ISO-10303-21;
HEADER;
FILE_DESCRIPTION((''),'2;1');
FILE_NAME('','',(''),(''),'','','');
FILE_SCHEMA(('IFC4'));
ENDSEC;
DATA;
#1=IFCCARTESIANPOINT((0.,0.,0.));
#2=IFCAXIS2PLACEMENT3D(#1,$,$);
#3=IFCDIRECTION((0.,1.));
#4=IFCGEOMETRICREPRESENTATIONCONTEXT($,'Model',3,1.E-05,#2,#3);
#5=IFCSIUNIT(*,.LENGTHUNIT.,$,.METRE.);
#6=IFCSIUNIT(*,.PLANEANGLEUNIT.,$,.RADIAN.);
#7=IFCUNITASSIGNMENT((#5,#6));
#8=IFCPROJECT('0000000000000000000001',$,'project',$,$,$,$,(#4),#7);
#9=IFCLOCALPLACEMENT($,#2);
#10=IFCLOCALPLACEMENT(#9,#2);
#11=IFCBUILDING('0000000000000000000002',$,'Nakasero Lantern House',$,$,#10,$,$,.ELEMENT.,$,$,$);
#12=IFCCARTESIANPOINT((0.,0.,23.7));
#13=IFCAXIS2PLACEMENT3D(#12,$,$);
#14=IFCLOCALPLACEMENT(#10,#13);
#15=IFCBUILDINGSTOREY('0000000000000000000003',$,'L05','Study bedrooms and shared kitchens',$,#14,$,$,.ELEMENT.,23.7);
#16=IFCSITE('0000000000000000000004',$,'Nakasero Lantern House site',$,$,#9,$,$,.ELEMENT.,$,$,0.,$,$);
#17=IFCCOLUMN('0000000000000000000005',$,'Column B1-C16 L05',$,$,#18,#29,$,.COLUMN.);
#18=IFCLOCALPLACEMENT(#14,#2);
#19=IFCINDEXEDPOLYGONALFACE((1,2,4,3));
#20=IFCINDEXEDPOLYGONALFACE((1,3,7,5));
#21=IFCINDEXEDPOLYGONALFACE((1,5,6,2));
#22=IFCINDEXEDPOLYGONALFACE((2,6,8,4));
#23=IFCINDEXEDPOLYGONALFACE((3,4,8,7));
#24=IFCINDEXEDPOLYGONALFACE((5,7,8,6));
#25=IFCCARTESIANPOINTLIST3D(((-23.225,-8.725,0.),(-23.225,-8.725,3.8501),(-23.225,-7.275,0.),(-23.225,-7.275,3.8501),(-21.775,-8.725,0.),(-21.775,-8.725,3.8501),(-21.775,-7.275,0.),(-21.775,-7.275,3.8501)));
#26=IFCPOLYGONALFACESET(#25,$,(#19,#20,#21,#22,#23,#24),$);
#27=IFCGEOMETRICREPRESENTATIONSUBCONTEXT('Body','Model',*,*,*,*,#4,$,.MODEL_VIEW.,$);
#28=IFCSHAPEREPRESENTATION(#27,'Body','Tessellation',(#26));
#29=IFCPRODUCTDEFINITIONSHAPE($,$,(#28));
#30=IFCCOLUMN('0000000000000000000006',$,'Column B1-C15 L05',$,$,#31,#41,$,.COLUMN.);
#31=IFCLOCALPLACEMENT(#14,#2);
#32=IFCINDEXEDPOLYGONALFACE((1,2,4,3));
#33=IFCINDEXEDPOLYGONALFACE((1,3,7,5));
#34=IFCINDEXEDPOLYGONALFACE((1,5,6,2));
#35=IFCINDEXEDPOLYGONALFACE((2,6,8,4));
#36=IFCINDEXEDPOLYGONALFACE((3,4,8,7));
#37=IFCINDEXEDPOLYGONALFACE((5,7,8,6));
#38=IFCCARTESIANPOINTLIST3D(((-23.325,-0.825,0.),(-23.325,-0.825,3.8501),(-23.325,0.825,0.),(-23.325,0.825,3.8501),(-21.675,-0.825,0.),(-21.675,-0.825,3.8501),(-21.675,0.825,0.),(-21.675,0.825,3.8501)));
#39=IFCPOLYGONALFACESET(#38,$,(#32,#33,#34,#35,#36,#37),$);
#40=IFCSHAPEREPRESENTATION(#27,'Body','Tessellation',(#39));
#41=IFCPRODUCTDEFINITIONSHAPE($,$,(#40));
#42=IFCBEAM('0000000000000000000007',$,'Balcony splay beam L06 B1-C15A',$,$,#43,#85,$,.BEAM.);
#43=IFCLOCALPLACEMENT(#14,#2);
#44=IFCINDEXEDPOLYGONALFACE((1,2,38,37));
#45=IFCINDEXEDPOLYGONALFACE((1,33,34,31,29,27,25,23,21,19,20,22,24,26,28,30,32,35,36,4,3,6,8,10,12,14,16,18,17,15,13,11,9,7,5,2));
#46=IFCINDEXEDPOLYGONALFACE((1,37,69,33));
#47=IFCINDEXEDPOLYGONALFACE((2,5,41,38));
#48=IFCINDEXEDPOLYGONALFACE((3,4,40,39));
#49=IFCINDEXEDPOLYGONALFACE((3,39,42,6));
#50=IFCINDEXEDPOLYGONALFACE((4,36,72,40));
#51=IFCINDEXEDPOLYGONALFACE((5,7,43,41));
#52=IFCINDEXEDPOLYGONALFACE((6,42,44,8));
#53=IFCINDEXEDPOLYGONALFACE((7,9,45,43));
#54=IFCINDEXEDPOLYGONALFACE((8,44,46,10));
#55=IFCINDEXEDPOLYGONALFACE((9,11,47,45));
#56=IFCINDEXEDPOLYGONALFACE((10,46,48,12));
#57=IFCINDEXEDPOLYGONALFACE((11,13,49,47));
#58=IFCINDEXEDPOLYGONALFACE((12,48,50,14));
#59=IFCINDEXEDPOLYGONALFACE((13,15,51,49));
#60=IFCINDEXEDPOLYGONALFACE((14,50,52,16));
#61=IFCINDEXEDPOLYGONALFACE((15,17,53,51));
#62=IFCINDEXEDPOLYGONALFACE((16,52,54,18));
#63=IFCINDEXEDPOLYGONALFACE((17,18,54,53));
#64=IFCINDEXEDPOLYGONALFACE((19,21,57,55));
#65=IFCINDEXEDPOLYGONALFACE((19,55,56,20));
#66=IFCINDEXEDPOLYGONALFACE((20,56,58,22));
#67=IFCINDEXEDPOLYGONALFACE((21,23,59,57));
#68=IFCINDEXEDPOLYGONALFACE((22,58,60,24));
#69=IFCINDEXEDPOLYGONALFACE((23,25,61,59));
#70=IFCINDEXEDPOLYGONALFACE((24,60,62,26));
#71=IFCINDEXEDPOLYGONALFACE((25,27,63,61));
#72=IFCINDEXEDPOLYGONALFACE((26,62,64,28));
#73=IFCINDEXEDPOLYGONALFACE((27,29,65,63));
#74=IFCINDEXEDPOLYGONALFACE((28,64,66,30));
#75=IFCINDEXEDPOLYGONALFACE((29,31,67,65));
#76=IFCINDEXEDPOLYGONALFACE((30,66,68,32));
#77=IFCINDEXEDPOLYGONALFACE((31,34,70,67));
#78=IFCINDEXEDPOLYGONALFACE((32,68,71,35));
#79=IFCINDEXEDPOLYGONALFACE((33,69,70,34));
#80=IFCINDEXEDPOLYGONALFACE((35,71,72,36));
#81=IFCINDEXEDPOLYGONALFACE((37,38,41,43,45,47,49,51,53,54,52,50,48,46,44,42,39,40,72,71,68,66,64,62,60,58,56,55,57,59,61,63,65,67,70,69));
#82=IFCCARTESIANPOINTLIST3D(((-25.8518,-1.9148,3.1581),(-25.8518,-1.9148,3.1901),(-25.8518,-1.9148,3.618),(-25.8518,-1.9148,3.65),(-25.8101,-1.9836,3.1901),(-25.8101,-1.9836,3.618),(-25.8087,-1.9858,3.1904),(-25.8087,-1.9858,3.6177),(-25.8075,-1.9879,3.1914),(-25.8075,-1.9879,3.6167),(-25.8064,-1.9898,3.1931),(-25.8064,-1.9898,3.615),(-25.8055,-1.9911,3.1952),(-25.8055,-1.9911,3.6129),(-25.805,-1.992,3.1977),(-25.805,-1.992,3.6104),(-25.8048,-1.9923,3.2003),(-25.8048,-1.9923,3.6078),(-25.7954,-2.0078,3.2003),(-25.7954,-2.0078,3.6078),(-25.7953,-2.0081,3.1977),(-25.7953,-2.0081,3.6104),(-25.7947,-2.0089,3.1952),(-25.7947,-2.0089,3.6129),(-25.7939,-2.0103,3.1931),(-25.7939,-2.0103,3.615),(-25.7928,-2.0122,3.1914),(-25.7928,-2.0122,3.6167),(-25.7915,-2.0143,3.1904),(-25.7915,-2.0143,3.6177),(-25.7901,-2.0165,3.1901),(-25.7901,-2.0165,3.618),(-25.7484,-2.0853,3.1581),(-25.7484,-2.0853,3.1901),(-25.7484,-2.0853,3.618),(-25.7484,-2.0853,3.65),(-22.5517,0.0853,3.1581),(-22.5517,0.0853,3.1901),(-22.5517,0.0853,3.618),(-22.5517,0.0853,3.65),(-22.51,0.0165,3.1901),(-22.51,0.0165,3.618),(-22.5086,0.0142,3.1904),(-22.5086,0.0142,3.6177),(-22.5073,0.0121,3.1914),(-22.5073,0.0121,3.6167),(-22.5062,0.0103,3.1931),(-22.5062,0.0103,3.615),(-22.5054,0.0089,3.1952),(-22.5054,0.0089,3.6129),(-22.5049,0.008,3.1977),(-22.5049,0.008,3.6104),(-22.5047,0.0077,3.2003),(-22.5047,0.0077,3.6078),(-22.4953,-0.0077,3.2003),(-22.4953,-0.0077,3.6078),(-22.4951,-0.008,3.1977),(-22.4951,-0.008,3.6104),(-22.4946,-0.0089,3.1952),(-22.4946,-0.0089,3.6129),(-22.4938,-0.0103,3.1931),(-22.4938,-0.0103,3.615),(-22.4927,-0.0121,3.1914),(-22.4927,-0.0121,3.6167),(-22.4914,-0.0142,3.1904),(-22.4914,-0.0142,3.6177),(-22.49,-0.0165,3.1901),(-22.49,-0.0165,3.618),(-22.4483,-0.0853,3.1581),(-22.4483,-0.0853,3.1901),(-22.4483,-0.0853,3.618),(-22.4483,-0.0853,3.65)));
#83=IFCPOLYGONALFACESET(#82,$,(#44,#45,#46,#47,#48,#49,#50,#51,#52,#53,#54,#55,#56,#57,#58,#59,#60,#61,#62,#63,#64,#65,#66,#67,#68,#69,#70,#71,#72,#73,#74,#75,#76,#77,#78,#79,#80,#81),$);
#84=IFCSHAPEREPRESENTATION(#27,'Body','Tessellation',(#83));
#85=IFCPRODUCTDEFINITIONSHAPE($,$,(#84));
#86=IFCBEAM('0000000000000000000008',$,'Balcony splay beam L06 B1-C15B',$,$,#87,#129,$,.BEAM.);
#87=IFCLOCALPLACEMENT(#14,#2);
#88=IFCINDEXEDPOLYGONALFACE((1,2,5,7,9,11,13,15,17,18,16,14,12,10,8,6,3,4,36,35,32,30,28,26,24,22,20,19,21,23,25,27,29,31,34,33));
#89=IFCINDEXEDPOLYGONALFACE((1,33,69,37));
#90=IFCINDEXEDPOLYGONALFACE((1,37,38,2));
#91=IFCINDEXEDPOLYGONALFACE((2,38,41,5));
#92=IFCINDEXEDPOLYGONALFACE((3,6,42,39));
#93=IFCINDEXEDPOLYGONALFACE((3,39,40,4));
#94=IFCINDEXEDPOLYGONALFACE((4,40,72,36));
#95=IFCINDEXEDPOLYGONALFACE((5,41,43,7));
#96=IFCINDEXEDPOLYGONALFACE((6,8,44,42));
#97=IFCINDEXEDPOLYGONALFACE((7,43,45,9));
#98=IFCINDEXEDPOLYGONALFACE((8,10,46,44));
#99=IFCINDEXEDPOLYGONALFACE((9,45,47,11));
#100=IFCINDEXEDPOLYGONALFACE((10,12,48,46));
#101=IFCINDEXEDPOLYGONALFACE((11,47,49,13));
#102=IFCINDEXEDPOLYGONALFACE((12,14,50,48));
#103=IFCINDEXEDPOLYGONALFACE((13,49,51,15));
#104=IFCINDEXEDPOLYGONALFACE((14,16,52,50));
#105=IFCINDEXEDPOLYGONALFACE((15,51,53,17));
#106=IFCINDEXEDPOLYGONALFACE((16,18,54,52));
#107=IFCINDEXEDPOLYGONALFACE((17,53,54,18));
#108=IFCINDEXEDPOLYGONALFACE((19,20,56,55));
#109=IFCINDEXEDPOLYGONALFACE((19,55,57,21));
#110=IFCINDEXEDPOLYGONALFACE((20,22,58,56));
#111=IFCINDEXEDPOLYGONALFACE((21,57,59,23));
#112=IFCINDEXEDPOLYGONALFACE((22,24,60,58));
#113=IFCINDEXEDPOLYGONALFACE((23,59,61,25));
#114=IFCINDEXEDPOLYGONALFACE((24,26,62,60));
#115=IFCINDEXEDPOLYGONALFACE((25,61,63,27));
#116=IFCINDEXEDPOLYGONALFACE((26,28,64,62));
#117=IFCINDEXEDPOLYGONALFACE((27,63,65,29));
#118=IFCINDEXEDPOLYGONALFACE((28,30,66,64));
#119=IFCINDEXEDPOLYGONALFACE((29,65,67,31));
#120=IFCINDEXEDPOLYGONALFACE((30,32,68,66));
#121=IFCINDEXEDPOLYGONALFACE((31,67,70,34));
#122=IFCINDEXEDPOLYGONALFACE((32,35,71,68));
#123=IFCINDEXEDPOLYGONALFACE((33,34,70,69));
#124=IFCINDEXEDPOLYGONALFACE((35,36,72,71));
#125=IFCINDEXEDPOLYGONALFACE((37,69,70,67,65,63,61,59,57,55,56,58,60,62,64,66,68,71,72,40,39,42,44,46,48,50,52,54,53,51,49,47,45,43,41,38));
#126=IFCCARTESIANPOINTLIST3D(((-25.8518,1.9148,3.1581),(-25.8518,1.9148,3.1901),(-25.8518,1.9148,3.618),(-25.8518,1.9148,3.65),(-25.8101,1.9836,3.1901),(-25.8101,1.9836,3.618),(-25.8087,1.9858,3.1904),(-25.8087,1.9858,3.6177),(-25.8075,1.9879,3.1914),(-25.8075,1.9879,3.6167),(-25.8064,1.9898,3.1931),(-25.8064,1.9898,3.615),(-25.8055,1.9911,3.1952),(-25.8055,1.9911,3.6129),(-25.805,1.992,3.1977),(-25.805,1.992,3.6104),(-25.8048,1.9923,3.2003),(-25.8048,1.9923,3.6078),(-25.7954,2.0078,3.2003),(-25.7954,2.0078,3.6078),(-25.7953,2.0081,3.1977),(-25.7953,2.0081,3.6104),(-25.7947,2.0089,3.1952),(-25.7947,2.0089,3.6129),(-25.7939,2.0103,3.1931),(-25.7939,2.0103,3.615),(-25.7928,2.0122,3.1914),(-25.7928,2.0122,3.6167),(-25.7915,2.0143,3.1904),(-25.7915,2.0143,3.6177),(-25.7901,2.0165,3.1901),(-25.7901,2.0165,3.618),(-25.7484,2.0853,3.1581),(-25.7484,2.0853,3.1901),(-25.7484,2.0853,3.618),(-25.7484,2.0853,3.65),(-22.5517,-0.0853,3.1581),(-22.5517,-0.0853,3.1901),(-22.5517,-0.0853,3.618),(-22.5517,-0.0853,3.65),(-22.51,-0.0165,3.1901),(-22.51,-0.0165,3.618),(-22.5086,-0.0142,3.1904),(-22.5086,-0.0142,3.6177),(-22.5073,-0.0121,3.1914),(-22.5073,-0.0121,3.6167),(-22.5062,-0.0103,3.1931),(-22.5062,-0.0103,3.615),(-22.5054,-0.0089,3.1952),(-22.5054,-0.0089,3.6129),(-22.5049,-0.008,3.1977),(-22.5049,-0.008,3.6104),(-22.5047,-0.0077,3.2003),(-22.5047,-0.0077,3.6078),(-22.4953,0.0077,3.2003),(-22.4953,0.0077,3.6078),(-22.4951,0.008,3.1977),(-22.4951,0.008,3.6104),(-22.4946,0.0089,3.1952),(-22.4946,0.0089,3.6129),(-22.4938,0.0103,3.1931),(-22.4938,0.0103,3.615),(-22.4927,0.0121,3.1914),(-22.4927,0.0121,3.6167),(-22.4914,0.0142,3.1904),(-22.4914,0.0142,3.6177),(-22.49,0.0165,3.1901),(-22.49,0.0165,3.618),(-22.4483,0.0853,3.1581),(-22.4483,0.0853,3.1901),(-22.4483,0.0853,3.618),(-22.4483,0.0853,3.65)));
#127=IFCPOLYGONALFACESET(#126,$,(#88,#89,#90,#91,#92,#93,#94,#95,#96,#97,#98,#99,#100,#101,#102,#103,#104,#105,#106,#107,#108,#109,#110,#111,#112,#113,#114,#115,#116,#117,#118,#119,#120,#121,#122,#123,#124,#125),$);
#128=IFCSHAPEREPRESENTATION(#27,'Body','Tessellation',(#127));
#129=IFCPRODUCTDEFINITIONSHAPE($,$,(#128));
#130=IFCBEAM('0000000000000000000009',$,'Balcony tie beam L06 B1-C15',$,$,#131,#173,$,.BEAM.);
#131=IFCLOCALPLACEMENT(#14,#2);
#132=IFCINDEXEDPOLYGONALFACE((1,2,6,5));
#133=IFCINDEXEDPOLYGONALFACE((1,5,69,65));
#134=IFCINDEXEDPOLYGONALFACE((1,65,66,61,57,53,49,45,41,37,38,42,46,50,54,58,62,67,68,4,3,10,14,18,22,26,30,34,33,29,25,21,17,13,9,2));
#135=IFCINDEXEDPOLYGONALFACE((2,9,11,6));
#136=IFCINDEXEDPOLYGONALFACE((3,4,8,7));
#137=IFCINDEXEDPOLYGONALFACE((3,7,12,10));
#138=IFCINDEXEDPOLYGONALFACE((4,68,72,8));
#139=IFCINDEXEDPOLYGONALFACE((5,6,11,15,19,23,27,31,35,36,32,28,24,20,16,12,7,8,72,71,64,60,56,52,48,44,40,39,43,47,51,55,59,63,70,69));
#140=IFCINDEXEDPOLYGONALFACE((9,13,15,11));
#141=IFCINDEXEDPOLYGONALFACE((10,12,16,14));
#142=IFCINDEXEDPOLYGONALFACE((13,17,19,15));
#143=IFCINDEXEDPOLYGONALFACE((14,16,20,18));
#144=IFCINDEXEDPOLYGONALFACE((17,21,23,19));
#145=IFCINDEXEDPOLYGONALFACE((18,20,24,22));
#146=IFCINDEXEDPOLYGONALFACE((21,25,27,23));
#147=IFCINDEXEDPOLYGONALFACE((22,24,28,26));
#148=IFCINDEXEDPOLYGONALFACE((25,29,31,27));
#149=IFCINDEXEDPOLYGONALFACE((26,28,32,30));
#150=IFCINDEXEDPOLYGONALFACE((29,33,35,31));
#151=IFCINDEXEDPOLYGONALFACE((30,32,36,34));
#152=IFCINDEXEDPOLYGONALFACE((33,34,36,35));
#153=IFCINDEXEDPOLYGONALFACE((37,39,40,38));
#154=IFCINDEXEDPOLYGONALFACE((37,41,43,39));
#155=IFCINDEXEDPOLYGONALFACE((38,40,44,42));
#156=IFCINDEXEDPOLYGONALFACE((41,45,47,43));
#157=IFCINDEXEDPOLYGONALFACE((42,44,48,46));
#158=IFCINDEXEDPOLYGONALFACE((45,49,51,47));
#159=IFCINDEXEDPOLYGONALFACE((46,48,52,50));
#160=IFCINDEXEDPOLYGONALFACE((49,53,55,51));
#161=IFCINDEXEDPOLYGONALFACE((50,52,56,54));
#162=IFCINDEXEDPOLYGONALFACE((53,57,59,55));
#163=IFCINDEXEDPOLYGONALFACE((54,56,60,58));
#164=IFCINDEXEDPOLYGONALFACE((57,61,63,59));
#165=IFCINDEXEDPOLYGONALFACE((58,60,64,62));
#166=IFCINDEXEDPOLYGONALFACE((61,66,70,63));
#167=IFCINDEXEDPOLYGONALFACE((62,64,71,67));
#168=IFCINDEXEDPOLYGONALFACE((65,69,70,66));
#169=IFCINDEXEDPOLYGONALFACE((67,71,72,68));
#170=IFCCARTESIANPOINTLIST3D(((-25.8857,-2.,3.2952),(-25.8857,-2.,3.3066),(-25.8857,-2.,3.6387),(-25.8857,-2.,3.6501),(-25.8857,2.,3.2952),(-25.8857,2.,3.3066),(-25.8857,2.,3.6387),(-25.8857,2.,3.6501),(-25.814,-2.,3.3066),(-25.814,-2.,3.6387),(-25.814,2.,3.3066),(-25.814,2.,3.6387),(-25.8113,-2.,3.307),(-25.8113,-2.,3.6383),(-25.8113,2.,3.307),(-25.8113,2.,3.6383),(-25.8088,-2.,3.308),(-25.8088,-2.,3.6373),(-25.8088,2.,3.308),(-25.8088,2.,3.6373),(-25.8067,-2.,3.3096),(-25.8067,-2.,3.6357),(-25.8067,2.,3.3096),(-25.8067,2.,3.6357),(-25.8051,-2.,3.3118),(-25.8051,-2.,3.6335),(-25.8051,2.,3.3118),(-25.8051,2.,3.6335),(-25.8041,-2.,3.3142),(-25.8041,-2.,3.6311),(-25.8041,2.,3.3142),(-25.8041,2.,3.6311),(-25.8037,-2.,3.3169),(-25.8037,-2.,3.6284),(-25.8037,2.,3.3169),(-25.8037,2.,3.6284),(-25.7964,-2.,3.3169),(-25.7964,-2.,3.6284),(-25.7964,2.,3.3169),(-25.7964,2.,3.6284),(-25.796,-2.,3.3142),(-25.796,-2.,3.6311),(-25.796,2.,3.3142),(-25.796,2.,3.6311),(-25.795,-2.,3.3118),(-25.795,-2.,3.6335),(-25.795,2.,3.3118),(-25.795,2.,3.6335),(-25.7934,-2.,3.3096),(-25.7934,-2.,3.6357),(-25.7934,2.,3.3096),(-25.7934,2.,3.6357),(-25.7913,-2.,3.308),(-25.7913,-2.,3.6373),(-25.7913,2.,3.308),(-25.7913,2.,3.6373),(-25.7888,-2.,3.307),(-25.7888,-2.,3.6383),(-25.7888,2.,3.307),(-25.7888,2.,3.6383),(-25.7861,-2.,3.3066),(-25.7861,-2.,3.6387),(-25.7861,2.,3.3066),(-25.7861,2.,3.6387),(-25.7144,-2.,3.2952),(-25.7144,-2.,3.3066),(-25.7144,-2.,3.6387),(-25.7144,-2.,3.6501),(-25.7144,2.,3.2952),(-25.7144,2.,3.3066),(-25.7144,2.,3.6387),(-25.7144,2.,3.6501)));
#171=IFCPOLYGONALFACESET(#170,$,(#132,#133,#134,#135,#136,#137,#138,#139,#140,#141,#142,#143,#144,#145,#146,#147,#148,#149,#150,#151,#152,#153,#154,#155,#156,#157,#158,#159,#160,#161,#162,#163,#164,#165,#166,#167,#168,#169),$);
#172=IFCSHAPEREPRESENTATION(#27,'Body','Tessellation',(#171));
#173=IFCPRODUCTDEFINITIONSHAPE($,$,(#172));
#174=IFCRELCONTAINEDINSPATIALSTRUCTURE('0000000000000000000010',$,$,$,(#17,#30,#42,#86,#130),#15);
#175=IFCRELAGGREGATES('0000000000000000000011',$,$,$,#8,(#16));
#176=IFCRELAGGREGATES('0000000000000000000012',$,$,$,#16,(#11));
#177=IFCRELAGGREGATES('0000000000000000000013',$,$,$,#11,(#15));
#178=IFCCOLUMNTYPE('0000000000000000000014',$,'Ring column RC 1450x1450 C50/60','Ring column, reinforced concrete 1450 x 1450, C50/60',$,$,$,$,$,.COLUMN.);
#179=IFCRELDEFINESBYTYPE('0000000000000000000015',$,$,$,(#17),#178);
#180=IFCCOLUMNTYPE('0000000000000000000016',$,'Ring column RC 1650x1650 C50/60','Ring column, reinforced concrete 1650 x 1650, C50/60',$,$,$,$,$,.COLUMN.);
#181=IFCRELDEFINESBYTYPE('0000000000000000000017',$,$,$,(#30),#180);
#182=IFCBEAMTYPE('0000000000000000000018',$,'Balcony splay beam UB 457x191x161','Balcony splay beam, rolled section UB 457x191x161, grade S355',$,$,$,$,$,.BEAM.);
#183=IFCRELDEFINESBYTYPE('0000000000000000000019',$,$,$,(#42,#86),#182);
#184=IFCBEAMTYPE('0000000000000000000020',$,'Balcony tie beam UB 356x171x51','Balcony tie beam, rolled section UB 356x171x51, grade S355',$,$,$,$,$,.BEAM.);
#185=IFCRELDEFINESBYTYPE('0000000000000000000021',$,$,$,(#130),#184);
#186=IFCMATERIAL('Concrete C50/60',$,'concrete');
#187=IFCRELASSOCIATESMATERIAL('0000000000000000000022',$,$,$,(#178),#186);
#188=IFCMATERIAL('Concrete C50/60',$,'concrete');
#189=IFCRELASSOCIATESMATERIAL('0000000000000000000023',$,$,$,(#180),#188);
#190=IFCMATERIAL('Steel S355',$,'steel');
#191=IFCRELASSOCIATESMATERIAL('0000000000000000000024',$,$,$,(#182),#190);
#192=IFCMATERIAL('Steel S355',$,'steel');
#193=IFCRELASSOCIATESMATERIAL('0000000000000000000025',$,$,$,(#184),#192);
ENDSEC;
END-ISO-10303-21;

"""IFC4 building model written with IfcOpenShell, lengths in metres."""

from ifc_helpers import new_model, si_unit, direction, frame, origin, origin_2d, place, context, subcontext, project, spatial, rectangle, i_section, extrude, material, material_profile, profile_set, type_object, element, save


model = new_model("IFC4")

# Units and contexts
model_context = context("Model", 3, precision=1e-05, world=origin(), true_north=direction((0.0, 1.0)))
body_context = subcontext(model_context, "Body", "Model", "MODEL_VIEW")
ifc_project = project(units=[si_unit("LENGTHUNIT", "METRE"), si_unit("PLANEANGLEUNIT", "RADIAN")], contexts=[model_context])

# Site, building, storey
site_placement = place(None, origin())
site = spatial("IfcSite", under=ifc_project, at=site_placement, Name="Nakasero Lantern House site", CompositionType="ELEMENT", RefElevation=0.0)
building_placement = place(site_placement, origin())
building = spatial("IfcBuilding", under=site, at=building_placement, Name="Nakasero Lantern House", CompositionType="ELEMENT")
storey_placement = place(building_placement, frame((0.0, 0.0, 23.7)))
storey = spatial("IfcBuildingStorey", under=building, at=storey_placement, Name="L05", Description="Study bedrooms and shared kitchens", CompositionType="ELEMENT", Elevation=23.7)

# Columns
ifc_material_1 = material(Name="Concrete C50/60", Category="concrete")
ifc_material_profile_1 = material_profile(ifc_material_1, rectangle(XDim=1.45, YDim=1.45, at=origin_2d()), Name="RC 1450x1450")
ifc_profile_set_1 = profile_set([ifc_material_profile_1], Name="Concrete C50/60")
column_type_1 = type_object("IfcColumnType", Name="Ring column RC 1450x1450 C50/60", Description="Ring column, reinforced concrete 1450 x 1450, C50/60", PredefinedType="COLUMN", material=ifc_profile_set_1)
column_1_placement = place(storey_placement, frame((-22.5, -8.0, 0.0), z_axis=(0.0, 0.0, 1.0), x_axis=(1.0, 0.0, 0.0)))
element("IfcColumn", 1, at=column_1_placement, inside=storey, type_object=column_type_1, Name="Column B1-C16 L05", PredefinedType="COLUMN", context=body_context, shape_type="SweptSolid", body=[
    extrude(rectangle(XDim=1.45, YDim=1.45, at=origin_2d()), origin(), (0.0, 0.0, 1.0), 3.8501),
])
ifc_material_2 = material(Name="Concrete C50/60", Category="concrete")
ifc_material_profile_2 = material_profile(ifc_material_2, rectangle(XDim=1.6499, YDim=1.6499, at=origin_2d()), Name="RC 1650x1650")
ifc_profile_set_2 = profile_set([ifc_material_profile_2], Name="Concrete C50/60")
column_type_2 = type_object("IfcColumnType", Name="Ring column RC 1650x1650 C50/60", Description="Ring column, reinforced concrete 1650 x 1650, C50/60", PredefinedType="COLUMN", material=ifc_profile_set_2)
column_2_placement = place(storey_placement, frame((-22.5, 0.0, 0.0), z_axis=(0.0, 0.0, 1.0), x_axis=(1.0, 0.0, 0.0)))
element("IfcColumn", 2, at=column_2_placement, inside=storey, type_object=column_type_2, Name="Column B1-C15 L05", PredefinedType="COLUMN", context=body_context, shape_type="SweptSolid", body=[
    extrude(rectangle(XDim=1.6499, YDim=1.6499, at=origin_2d()), origin(), (0.0, 0.0, 1.0), 3.8501),
])

# Beams
ifc_material_3 = material(Name="Steel S355", Category="steel")
ifc_material_profile_3 = material_profile(ifc_material_3, i_section(OverallWidth=0.1995, OverallDepth=0.4919, WebThickness=0.0181, FlangeThickness=0.032, FilletRadius=0.0103, at=origin_2d()), Name="UB 457x191x161")
ifc_profile_set_3 = profile_set([ifc_material_profile_3], Name="Steel S355")
beam_type_1 = type_object("IfcBeamType", Name="Balcony splay beam UB 457x191x161", Description="Balcony splay beam, rolled section UB 457x191x161, grade S355", PredefinedType="BEAM", material=ifc_profile_set_3)
for number, where, z_axis, x_axis, name in (
    (3, (-22.5, 0.0, 3.4041), (-0.855201, -0.518296, 0.0), (0.518296, -0.855201, 0.0), "Balcony splay beam L06 B1-C15A"),
    (4, (-22.5, 0.0, 3.4041), (-0.855201, 0.518296, 0.0), (-0.518296, -0.855201, 0.0), "Balcony splay beam L06 B1-C15B"),
):
    element("IfcBeam", number, at=place(storey_placement, frame(where, z_axis=z_axis, x_axis=x_axis)), inside=storey, type_object=beam_type_1, Name=name, PredefinedType="BEAM", context=body_context, shape_type="SweptSolid", body=[
        extrude(i_section(OverallWidth=0.1995, OverallDepth=0.4919, WebThickness=0.0181, FlangeThickness=0.032, FilletRadius=0.0103, at=origin_2d()), origin(), (0.0, 0.0, 1.0), 3.8589),
    ])
ifc_material_4 = material(Name="Steel S355", Category="steel")
ifc_material_profile_4 = material_profile(ifc_material_4, i_section(OverallWidth=0.1714, OverallDepth=0.355, WebThickness=0.0073, FlangeThickness=0.0115, FilletRadius=0.0103, at=origin_2d()), Name="UB 356x171x51")
ifc_profile_set_4 = profile_set([ifc_material_profile_4], Name="Steel S355")
beam_type_2 = type_object("IfcBeamType", Name="Balcony tie beam UB 356x171x51", Description="Balcony tie beam, rolled section UB 356x171x51, grade S355", PredefinedType="BEAM", material=ifc_profile_set_4)
beam_1_placement = place(storey_placement, frame((-25.8, -2.0, 3.4727), z_axis=(0.0, 1.0, 0.0), x_axis=(-1.0, 0.0, 0.0)))
element("IfcBeam", 5, at=beam_1_placement, inside=storey, type_object=beam_type_2, Name="Balcony tie beam L06 B1-C15", PredefinedType="BEAM", context=body_context, shape_type="SweptSolid", body=[
    extrude(i_section(OverallWidth=0.1714, OverallDepth=0.355, WebThickness=0.0073, FlangeThickness=0.0115, FilletRadius=0.0103, at=origin_2d()), origin(), (0.0, 0.0, 1.0), 4.0),
])

save(model, "model.ifc")
